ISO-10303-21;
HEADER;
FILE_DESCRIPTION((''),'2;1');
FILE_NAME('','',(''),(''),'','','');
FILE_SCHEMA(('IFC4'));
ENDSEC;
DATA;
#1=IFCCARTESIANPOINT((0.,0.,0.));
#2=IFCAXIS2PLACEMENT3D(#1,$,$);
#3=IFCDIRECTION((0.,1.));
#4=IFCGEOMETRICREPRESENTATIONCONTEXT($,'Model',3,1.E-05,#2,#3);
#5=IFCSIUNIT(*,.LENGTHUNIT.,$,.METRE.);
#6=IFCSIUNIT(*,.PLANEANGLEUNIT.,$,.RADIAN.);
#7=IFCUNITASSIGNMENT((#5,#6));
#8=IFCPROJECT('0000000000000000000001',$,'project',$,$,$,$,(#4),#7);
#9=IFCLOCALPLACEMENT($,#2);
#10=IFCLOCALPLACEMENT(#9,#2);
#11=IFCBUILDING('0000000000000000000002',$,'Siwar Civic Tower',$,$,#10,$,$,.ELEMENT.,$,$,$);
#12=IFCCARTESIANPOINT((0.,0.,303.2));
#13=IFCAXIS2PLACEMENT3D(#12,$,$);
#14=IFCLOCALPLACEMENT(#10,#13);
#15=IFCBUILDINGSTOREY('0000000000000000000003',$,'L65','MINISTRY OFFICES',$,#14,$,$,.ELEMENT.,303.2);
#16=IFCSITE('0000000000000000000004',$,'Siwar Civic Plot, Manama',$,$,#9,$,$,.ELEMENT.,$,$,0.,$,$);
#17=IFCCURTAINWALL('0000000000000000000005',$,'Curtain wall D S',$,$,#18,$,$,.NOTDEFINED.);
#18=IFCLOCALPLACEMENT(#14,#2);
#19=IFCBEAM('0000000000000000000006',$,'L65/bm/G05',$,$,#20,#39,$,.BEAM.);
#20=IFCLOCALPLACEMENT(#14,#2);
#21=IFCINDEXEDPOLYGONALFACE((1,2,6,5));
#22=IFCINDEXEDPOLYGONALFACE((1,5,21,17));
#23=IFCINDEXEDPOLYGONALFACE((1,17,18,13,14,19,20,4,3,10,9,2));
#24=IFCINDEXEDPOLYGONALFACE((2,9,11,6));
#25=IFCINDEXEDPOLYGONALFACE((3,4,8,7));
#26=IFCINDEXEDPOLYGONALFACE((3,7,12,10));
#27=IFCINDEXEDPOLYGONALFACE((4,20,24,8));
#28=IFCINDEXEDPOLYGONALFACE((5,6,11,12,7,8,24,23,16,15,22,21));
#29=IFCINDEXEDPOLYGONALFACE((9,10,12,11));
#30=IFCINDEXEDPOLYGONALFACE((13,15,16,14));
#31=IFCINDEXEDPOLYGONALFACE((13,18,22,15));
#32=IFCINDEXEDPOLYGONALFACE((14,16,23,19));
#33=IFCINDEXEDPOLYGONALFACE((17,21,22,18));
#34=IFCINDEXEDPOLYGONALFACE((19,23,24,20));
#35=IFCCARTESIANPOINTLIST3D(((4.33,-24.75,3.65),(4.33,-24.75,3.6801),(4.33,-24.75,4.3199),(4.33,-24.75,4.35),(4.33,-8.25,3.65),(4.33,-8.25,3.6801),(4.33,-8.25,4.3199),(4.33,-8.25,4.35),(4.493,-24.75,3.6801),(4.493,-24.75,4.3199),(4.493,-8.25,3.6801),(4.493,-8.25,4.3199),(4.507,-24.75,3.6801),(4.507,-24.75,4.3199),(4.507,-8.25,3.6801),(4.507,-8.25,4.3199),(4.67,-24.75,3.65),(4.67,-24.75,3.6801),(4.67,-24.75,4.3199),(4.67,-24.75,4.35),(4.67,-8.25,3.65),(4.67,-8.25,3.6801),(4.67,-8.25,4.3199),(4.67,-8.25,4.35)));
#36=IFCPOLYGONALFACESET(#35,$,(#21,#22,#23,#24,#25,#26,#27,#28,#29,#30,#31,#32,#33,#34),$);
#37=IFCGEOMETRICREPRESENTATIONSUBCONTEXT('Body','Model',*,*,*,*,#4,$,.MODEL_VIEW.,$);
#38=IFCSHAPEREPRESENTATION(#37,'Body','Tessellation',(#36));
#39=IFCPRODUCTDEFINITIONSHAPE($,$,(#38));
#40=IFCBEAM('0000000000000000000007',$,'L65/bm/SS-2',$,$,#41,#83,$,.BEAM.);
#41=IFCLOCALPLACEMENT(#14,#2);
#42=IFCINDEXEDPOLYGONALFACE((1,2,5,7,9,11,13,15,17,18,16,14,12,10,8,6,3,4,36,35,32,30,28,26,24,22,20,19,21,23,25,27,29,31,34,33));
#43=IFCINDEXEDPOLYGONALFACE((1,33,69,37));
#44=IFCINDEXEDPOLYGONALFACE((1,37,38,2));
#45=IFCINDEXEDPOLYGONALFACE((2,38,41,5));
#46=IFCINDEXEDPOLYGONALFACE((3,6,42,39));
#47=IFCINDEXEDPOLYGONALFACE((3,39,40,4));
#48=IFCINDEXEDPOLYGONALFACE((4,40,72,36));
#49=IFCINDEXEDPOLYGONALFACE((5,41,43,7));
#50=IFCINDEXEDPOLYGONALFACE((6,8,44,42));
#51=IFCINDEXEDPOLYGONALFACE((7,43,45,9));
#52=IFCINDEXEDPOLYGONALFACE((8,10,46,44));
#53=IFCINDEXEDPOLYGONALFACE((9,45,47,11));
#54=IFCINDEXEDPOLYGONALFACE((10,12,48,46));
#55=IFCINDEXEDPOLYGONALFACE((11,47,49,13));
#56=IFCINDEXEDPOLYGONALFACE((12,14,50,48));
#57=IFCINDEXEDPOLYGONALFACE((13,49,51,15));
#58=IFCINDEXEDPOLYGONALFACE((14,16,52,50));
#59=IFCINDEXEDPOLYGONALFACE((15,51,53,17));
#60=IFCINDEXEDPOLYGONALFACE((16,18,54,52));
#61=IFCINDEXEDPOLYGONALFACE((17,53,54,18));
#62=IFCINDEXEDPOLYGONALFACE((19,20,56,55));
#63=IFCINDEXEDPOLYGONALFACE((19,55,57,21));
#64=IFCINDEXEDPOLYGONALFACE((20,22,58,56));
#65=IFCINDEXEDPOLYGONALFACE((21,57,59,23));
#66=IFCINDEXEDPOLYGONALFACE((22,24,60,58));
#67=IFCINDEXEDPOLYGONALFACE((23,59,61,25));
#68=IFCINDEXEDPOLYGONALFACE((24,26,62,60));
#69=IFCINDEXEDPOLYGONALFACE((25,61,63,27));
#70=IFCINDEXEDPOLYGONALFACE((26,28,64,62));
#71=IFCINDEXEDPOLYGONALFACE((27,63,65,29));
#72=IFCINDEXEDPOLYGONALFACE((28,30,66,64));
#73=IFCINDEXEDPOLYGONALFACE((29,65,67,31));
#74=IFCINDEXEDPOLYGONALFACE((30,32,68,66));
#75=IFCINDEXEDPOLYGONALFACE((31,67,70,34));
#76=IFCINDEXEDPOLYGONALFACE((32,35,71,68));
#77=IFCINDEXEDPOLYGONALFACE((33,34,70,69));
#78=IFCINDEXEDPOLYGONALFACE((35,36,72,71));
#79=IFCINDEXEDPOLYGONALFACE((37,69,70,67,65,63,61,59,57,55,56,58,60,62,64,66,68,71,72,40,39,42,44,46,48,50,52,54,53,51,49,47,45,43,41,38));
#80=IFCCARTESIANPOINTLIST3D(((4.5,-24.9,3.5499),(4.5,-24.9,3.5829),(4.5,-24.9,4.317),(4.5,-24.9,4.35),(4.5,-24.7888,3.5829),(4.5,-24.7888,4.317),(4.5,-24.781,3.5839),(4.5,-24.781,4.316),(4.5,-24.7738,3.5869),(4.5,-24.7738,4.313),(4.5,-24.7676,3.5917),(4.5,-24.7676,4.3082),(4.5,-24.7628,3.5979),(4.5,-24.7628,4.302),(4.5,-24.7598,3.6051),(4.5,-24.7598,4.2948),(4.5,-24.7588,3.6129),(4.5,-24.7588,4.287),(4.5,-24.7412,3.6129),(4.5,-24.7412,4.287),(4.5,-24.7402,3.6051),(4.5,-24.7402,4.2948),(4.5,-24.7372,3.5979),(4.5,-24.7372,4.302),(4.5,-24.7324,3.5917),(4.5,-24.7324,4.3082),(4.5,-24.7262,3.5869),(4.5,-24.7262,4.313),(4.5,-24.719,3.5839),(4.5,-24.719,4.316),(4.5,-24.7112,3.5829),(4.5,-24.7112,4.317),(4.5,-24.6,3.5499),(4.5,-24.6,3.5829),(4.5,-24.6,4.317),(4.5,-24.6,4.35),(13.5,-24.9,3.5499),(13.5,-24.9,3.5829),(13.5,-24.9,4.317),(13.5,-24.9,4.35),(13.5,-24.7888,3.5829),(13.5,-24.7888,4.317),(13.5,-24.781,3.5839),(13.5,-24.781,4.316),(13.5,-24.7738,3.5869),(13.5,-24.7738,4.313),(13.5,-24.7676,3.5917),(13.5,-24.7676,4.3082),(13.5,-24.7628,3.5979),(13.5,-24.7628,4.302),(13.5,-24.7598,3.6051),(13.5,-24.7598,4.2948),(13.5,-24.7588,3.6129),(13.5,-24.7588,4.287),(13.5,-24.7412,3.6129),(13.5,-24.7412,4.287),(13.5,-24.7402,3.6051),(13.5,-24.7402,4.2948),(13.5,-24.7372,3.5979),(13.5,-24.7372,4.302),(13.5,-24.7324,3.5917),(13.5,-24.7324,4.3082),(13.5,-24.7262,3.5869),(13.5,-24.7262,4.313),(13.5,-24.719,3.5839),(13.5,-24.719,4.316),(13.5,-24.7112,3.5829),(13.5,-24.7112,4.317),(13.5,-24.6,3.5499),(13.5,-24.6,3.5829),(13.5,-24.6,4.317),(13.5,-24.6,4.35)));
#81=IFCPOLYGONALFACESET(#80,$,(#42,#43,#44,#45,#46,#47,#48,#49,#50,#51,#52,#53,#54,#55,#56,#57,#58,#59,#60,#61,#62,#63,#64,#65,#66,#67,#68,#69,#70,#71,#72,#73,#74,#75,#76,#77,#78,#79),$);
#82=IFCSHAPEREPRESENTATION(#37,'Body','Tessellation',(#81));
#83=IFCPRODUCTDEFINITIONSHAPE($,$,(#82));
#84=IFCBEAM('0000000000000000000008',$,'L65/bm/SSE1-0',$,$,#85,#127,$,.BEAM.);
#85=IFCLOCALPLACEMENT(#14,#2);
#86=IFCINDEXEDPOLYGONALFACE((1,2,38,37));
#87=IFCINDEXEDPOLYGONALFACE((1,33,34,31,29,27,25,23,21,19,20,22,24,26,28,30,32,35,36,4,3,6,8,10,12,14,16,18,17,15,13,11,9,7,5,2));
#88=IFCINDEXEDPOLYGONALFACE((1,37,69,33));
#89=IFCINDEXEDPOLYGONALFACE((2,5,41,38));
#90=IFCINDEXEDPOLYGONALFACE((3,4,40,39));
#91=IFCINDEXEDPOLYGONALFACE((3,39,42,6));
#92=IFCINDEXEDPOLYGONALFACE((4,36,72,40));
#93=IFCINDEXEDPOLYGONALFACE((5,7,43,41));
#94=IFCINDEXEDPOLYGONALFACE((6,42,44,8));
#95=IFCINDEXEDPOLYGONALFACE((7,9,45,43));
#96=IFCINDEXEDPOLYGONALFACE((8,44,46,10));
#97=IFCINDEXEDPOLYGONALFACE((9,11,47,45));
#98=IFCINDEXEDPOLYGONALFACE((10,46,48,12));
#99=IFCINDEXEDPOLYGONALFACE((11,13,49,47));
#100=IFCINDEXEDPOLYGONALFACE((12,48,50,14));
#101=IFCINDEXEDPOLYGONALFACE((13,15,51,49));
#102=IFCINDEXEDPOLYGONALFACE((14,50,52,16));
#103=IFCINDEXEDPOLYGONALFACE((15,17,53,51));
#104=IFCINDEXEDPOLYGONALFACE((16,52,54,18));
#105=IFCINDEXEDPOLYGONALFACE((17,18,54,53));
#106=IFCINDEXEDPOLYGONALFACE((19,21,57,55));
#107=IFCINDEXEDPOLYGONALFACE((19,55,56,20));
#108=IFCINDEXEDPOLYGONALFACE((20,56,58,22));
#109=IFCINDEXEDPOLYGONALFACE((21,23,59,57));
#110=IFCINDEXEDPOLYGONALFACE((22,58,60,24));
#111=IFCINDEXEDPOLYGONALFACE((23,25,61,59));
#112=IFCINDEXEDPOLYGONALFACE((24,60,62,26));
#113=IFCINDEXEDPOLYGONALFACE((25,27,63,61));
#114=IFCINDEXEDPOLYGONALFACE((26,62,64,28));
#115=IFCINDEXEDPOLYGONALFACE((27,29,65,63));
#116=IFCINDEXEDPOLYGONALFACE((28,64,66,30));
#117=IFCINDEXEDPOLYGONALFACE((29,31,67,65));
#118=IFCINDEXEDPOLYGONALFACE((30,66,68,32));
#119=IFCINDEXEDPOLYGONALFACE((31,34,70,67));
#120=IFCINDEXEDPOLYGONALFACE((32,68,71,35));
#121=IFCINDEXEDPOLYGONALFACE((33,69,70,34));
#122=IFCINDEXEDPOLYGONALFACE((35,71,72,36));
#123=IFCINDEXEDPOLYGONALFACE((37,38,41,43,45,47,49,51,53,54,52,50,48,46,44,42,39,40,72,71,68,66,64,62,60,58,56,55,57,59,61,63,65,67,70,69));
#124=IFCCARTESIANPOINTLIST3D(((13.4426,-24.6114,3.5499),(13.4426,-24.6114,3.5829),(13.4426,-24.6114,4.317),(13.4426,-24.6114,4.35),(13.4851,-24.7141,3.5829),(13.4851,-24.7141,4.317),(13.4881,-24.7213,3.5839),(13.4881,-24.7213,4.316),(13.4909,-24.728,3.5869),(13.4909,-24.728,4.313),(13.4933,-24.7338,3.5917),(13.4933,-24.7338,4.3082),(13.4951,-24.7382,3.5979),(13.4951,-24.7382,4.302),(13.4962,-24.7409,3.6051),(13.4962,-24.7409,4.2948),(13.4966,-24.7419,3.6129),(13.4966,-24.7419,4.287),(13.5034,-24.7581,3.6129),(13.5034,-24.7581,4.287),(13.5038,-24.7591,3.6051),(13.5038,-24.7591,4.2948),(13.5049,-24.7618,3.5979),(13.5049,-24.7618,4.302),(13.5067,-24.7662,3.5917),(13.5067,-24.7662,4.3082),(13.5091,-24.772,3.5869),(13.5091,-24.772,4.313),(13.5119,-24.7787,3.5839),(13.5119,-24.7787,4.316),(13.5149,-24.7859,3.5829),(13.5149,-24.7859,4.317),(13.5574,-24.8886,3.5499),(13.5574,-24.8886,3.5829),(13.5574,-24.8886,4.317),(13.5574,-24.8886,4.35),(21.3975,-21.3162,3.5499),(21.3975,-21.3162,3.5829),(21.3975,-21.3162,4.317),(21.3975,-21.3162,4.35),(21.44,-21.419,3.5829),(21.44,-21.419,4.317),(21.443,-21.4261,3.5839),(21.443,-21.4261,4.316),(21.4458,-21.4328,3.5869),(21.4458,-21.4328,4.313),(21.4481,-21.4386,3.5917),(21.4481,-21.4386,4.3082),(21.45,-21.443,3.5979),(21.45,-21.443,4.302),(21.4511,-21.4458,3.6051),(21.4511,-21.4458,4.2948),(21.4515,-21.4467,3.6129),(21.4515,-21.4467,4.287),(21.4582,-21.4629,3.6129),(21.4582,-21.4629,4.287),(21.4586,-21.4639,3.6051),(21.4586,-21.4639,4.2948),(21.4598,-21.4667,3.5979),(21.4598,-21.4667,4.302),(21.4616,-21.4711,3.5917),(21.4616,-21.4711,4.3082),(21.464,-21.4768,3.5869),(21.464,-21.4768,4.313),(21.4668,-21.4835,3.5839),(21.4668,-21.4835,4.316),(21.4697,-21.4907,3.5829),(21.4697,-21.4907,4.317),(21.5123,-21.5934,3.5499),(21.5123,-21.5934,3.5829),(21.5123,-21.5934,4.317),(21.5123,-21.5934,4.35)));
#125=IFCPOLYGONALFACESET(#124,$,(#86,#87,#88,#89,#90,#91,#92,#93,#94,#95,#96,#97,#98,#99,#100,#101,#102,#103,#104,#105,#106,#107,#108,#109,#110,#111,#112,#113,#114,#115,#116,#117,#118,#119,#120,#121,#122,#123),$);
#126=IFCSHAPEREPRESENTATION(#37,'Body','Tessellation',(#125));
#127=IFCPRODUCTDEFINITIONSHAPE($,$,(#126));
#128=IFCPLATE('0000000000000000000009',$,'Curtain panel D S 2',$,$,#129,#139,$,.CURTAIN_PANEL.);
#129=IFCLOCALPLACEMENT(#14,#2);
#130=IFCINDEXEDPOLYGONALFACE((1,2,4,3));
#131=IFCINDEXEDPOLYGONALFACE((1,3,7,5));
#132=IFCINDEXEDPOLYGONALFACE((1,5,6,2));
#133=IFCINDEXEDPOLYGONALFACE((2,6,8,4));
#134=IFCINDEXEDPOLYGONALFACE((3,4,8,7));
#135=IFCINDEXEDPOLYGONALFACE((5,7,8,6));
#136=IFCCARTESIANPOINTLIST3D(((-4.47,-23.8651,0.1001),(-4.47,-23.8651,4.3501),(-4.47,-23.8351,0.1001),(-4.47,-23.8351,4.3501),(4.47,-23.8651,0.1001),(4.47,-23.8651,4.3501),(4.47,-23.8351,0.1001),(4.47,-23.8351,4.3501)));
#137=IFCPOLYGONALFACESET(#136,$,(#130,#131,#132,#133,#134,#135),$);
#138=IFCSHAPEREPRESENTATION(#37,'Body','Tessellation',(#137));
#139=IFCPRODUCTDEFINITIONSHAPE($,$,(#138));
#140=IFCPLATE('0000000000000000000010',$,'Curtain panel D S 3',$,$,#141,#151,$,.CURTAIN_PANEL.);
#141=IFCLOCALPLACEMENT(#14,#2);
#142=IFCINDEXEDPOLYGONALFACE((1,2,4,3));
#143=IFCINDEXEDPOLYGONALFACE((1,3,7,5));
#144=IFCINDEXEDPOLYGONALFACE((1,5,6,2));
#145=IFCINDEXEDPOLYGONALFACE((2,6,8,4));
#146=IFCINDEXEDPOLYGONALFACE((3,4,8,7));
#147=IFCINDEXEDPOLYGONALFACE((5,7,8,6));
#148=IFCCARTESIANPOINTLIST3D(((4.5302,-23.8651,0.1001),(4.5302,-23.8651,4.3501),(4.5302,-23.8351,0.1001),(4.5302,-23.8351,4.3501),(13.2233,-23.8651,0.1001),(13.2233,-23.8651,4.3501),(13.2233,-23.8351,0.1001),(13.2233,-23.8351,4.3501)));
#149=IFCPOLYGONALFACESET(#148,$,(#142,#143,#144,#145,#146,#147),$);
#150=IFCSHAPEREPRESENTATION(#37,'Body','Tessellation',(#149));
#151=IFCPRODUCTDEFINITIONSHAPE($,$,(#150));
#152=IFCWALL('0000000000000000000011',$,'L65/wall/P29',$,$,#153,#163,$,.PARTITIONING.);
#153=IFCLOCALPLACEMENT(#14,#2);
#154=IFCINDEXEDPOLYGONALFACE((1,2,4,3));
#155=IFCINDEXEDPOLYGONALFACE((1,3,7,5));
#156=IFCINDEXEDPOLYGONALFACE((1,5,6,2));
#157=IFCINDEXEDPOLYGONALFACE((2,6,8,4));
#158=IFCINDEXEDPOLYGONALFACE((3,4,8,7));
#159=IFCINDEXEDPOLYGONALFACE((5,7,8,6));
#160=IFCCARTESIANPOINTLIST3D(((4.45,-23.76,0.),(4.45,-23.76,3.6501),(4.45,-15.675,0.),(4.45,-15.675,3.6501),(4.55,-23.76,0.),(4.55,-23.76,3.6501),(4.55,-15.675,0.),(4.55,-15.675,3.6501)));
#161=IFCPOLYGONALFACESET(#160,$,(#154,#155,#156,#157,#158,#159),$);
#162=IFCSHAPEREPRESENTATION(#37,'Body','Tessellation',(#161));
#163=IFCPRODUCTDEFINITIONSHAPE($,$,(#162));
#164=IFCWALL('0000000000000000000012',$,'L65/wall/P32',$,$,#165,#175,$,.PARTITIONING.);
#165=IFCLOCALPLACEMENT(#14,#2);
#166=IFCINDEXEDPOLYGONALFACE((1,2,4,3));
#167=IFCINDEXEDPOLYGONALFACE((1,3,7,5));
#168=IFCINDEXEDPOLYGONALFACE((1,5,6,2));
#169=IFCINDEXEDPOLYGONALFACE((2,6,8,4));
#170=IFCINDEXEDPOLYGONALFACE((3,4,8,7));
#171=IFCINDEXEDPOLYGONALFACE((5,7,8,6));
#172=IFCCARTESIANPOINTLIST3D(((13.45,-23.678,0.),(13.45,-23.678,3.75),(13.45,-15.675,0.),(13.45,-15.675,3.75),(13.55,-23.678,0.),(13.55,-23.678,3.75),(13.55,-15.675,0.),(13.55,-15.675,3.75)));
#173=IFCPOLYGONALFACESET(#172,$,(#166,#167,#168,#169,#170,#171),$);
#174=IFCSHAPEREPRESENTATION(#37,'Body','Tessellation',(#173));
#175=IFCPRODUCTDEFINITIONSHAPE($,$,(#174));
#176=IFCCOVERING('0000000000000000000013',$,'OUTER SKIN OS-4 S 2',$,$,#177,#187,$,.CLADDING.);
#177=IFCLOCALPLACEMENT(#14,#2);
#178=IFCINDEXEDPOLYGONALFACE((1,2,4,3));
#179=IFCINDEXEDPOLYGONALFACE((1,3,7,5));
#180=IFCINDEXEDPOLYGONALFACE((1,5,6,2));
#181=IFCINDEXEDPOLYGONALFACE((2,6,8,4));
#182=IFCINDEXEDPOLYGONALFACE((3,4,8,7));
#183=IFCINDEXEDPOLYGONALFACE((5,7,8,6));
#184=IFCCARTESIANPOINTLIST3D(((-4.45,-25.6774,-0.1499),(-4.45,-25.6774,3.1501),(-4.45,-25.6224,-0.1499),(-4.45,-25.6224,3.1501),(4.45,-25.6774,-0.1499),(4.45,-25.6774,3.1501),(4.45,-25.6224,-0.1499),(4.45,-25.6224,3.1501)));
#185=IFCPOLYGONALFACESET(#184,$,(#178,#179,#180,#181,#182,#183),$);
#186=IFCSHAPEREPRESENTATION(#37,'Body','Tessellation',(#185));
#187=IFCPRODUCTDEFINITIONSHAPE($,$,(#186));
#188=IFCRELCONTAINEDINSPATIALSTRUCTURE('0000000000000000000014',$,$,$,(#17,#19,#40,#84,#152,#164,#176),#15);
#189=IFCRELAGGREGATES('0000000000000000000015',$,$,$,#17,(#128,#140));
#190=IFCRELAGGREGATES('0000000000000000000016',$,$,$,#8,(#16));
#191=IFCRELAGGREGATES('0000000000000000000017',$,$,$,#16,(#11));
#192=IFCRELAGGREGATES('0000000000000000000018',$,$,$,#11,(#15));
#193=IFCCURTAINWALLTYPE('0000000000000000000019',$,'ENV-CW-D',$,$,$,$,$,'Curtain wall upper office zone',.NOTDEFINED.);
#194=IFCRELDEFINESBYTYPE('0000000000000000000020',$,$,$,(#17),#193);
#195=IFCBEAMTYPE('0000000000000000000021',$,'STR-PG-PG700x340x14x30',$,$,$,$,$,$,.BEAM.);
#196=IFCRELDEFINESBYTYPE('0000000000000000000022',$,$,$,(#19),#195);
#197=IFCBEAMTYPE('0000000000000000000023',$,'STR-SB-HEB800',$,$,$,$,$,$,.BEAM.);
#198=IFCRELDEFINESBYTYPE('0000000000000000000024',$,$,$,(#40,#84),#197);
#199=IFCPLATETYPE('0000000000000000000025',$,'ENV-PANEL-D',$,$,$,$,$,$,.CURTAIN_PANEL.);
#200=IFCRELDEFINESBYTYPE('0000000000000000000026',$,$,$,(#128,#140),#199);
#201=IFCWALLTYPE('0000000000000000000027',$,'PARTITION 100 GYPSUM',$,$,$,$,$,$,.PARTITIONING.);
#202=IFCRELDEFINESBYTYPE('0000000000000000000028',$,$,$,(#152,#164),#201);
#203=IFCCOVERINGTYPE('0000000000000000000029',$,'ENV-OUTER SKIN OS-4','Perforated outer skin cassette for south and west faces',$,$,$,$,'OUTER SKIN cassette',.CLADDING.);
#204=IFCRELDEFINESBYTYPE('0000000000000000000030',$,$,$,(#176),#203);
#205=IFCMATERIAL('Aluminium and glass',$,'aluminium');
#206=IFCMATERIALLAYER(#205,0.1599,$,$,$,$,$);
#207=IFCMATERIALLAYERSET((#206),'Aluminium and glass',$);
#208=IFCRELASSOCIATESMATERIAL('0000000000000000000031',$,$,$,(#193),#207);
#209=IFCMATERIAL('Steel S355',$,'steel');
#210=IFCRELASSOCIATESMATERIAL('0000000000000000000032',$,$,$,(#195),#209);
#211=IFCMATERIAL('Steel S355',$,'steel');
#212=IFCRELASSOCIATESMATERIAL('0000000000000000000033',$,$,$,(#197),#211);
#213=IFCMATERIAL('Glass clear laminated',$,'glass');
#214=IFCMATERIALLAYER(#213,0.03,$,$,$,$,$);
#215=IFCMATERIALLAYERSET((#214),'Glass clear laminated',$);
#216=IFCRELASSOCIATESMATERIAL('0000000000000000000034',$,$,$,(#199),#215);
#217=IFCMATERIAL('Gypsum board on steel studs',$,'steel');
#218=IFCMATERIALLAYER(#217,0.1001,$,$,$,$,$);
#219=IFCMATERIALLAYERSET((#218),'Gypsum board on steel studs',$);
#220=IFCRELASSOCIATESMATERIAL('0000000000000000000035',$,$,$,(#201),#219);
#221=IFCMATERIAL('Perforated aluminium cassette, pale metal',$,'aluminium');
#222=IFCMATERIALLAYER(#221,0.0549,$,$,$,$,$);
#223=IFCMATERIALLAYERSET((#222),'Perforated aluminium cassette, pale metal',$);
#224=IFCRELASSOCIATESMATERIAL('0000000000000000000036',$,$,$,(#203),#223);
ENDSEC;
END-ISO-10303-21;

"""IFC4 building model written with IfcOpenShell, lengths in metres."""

from ifc_helpers import new_model, si_unit, direction, frame, frame_2d, origin, origin_2d, place, context, subcontext, project, spatial, rectangle, i_section, extrude, material, layer, layer_set, material_profile, profile_set, type_object, element, aggregate, save


model = new_model("IFC4")

# Units and contexts
model_context = context("Model", 3, precision=1e-05, world=origin(), true_north=direction((0.0, 1.0)))
body_context = subcontext(model_context, "Body", "Model", "MODEL_VIEW")
ifc_project = project(units=[si_unit("LENGTHUNIT", "METRE"), si_unit("PLANEANGLEUNIT", "RADIAN")], contexts=[model_context])

# Site, building, storey
site_placement = place(None, origin())
site = spatial("IfcSite", under=ifc_project, at=site_placement, Name="Siwar Civic Plot, Manama", CompositionType="ELEMENT", RefElevation=0.0)
building_placement = place(site_placement, origin())
building = spatial("IfcBuilding", under=site, at=building_placement, Name="Siwar Civic Tower", CompositionType="ELEMENT")
storey_placement = place(building_placement, frame((0.0, 0.0, 303.2)))
storey = spatial("IfcBuildingStorey", under=building, at=storey_placement, Name="L65", Description="MINISTRY OFFICES", CompositionType="ELEMENT", Elevation=303.2)

# Curtain wall
ifc_material_1 = material(Name="Aluminium and glass", Category="aluminium")
ifc_layer_1 = layer(ifc_material_1, 0.1599)
ifc_layer_set_1 = layer_set([ifc_layer_1], Name="Aluminium and glass")
curtain_wall_type_1 = type_object("IfcCurtainWallType", Name="ENV-CW-D", ElementType="Curtain wall upper office zone", PredefinedType="NOTDEFINED", material=ifc_layer_set_1)
curtain_wall_1_placement = place(storey_placement, origin())
curtain_wall_1 = element("IfcCurtainWall", 1, at=curtain_wall_1_placement, inside=storey, type_object=curtain_wall_type_1, Name="Curtain wall D S", PredefinedType="NOTDEFINED")

# Beams
ifc_material_2 = material(Name="Steel S355", Category="steel")
ifc_material_profile_1 = material_profile(ifc_material_2, i_section(OverallWidth=0.3401, OverallDepth=0.7, WebThickness=0.0139, FlangeThickness=0.03, at=origin_2d()), Name="PG700x340x14x30")
ifc_profile_set_1 = profile_set([ifc_material_profile_1], Name="Steel S355")
beam_type_1 = type_object("IfcBeamType", Name="STR-PG-PG700x340x14x30", PredefinedType="BEAM", material=ifc_profile_set_1)
beam_1_placement = place(storey_placement, frame((4.5, -24.75, 4.0), z_axis=(0.0, 1.0, 0.0), x_axis=(-1.0, 0.0, 0.0)))
element("IfcBeam", 2, at=beam_1_placement, inside=storey, type_object=beam_type_1, Name="L65/bm/G05", PredefinedType="BEAM", context=body_context, shape_type="SweptSolid", body=[
    extrude(i_section(OverallWidth=0.3401, OverallDepth=0.7, WebThickness=0.0139, FlangeThickness=0.03, at=origin_2d()), origin(), (0.0, 0.0, 1.0), 16.5),
])
ifc_material_3 = material(Name="Steel S355", Category="steel")
ifc_material_profile_2 = material_profile(ifc_material_3, i_section(OverallWidth=0.3, OverallDepth=0.8, WebThickness=0.0176, FlangeThickness=0.033, FilletRadius=0.03, at=origin_2d()), Name="HEB800")
ifc_profile_set_2 = profile_set([ifc_material_profile_2], Name="Steel S355")
beam_type_2 = type_object("IfcBeamType", Name="STR-SB-HEB800", PredefinedType="BEAM", material=ifc_profile_set_2)
beam_2_placement = place(storey_placement, frame((4.5, -24.75, 3.95), z_axis=(1.0, 0.0, 0.0), x_axis=(0.0, 1.0, 0.0)))
element("IfcBeam", 3, at=beam_2_placement, inside=storey, type_object=beam_type_2, Name="L65/bm/SS-2", PredefinedType="BEAM", context=body_context, shape_type="SweptSolid", body=[
    extrude(i_section(OverallWidth=0.3, OverallDepth=0.8, WebThickness=0.0176, FlangeThickness=0.033, FilletRadius=0.03, at=origin_2d()), origin(), (0.0, 0.0, 1.0), 9.0),
])
beam_3_placement = place(storey_placement, frame((13.5, -24.75, 3.95), z_axis=(0.923873, 0.3827, 0.0), x_axis=(-0.3827, 0.923873, 0.0)))
element("IfcBeam", 4, at=beam_3_placement, inside=storey, type_object=beam_type_2, Name="L65/bm/SSE1-0", PredefinedType="BEAM", context=body_context, shape_type="SweptSolid", body=[
    extrude(i_section(OverallWidth=0.3, OverallDepth=0.8, WebThickness=0.0176, FlangeThickness=0.033, FilletRadius=0.03, at=origin_2d()), origin(), (0.0, 0.0, 1.0), 8.6104),
])

# Plates
ifc_material_4 = material(Name="Glass clear laminated", Category="glass")
ifc_layer_2 = layer(ifc_material_4, 0.03)
ifc_layer_set_2 = layer_set([ifc_layer_2], Name="Glass clear laminated")
plate_type = type_object("IfcPlateType", Name="ENV-PANEL-D", PredefinedType="CURTAIN_PANEL", material=ifc_layer_set_2)
plate_1_placement = place(storey_placement, frame((0.0, -23.8501, 0.1001), z_axis=(0.0, 0.0, 1.0), x_axis=(1.0, 0.0, 0.0)))
plate_1 = element("IfcPlate", 5, at=plate_1_placement, type_object=plate_type, Name="Curtain panel D S 2", PredefinedType="CURTAIN_PANEL", context=body_context, shape_type="SweptSolid", body=[
    extrude(rectangle(XDim=8.9399, YDim=0.03, at=origin_2d()), origin(), (0.0, 0.0, 1.0), 4.25),
])
plate_2_placement = place(storey_placement, frame((8.8767, -23.8501, 0.1001), z_axis=(0.0, 0.0, 1.0), x_axis=(1.0, 0.0, 0.0)))
plate_2 = element("IfcPlate", 6, at=plate_2_placement, type_object=plate_type, Name="Curtain panel D S 3", PredefinedType="CURTAIN_PANEL", context=body_context, shape_type="SweptSolid", body=[
    extrude(rectangle(XDim=8.6931, YDim=0.03, at=origin_2d()), origin(), (0.0, 0.0, 1.0), 4.25),
])
aggregate(curtain_wall_1, [plate_1, plate_2])

# Walls
ifc_material_5 = material(Name="Gypsum board on steel studs", Category="steel")
ifc_layer_3 = layer(ifc_material_5, 0.1001)
ifc_layer_set_3 = layer_set([ifc_layer_3], Name="Gypsum board on steel studs")
wall_type = type_object("IfcWallType", Name="PARTITION 100 GYPSUM", PredefinedType="PARTITIONING", material=ifc_layer_set_3)
wall_1_placement = place(storey_placement, frame((4.5, -23.76, 0.0), z_axis=(0.0, 0.0, 1.0), x_axis=(0.0, 1.0, 0.0)))
element("IfcWall", 7, at=wall_1_placement, inside=storey, type_object=wall_type, Name="L65/wall/P29", PredefinedType="PARTITIONING", context=body_context, shape_type="SweptSolid", body=[
    extrude(rectangle(XDim=8.085, YDim=0.1001, at=frame_2d((4.0425, 0.0))), origin(), (0.0, 0.0, 1.0), 3.6501),
])
wall_2_placement = place(storey_placement, frame((13.5, -23.678, 0.0), z_axis=(0.0, 0.0, 1.0), x_axis=(0.0, 1.0, 0.0)))
element("IfcWall", 8, at=wall_2_placement, inside=storey, type_object=wall_type, Name="L65/wall/P32", PredefinedType="PARTITIONING", context=body_context, shape_type="SweptSolid", body=[
    extrude(rectangle(XDim=8.0029, YDim=0.1001, at=frame_2d((4.0015, 0.0))), origin(), (0.0, 0.0, 1.0), 3.75),
])

# Covering
ifc_material_6 = material(Name="Perforated aluminium cassette, pale metal", Category="aluminium")
ifc_layer_4 = layer(ifc_material_6, 0.0549)
ifc_layer_set_4 = layer_set([ifc_layer_4], Name="Perforated aluminium cassette, pale metal")
covering_type = type_object("IfcCoveringType", Name="ENV-OUTER SKIN OS-4", Description="Perforated outer skin cassette for south and west faces", ElementType="OUTER SKIN cassette", PredefinedType="CLADDING", material=ifc_layer_set_4)
covering_1_placement = place(storey_placement, frame((0.0, -25.6499, -0.1499), z_axis=(0.0, 0.0, 1.0), x_axis=(1.0, 0.0, 0.0)))
element("IfcCovering", 9, at=covering_1_placement, inside=storey, type_object=covering_type, Name="OUTER SKIN OS-4 S 2", PredefinedType="CLADDING", context=body_context, shape_type="SweptSolid", body=[
    extrude(rectangle(XDim=8.8999, YDim=0.0549, at=origin_2d()), origin(), (0.0, 0.0, 1.0), 3.3),
])

save(model, "model.ifc")
